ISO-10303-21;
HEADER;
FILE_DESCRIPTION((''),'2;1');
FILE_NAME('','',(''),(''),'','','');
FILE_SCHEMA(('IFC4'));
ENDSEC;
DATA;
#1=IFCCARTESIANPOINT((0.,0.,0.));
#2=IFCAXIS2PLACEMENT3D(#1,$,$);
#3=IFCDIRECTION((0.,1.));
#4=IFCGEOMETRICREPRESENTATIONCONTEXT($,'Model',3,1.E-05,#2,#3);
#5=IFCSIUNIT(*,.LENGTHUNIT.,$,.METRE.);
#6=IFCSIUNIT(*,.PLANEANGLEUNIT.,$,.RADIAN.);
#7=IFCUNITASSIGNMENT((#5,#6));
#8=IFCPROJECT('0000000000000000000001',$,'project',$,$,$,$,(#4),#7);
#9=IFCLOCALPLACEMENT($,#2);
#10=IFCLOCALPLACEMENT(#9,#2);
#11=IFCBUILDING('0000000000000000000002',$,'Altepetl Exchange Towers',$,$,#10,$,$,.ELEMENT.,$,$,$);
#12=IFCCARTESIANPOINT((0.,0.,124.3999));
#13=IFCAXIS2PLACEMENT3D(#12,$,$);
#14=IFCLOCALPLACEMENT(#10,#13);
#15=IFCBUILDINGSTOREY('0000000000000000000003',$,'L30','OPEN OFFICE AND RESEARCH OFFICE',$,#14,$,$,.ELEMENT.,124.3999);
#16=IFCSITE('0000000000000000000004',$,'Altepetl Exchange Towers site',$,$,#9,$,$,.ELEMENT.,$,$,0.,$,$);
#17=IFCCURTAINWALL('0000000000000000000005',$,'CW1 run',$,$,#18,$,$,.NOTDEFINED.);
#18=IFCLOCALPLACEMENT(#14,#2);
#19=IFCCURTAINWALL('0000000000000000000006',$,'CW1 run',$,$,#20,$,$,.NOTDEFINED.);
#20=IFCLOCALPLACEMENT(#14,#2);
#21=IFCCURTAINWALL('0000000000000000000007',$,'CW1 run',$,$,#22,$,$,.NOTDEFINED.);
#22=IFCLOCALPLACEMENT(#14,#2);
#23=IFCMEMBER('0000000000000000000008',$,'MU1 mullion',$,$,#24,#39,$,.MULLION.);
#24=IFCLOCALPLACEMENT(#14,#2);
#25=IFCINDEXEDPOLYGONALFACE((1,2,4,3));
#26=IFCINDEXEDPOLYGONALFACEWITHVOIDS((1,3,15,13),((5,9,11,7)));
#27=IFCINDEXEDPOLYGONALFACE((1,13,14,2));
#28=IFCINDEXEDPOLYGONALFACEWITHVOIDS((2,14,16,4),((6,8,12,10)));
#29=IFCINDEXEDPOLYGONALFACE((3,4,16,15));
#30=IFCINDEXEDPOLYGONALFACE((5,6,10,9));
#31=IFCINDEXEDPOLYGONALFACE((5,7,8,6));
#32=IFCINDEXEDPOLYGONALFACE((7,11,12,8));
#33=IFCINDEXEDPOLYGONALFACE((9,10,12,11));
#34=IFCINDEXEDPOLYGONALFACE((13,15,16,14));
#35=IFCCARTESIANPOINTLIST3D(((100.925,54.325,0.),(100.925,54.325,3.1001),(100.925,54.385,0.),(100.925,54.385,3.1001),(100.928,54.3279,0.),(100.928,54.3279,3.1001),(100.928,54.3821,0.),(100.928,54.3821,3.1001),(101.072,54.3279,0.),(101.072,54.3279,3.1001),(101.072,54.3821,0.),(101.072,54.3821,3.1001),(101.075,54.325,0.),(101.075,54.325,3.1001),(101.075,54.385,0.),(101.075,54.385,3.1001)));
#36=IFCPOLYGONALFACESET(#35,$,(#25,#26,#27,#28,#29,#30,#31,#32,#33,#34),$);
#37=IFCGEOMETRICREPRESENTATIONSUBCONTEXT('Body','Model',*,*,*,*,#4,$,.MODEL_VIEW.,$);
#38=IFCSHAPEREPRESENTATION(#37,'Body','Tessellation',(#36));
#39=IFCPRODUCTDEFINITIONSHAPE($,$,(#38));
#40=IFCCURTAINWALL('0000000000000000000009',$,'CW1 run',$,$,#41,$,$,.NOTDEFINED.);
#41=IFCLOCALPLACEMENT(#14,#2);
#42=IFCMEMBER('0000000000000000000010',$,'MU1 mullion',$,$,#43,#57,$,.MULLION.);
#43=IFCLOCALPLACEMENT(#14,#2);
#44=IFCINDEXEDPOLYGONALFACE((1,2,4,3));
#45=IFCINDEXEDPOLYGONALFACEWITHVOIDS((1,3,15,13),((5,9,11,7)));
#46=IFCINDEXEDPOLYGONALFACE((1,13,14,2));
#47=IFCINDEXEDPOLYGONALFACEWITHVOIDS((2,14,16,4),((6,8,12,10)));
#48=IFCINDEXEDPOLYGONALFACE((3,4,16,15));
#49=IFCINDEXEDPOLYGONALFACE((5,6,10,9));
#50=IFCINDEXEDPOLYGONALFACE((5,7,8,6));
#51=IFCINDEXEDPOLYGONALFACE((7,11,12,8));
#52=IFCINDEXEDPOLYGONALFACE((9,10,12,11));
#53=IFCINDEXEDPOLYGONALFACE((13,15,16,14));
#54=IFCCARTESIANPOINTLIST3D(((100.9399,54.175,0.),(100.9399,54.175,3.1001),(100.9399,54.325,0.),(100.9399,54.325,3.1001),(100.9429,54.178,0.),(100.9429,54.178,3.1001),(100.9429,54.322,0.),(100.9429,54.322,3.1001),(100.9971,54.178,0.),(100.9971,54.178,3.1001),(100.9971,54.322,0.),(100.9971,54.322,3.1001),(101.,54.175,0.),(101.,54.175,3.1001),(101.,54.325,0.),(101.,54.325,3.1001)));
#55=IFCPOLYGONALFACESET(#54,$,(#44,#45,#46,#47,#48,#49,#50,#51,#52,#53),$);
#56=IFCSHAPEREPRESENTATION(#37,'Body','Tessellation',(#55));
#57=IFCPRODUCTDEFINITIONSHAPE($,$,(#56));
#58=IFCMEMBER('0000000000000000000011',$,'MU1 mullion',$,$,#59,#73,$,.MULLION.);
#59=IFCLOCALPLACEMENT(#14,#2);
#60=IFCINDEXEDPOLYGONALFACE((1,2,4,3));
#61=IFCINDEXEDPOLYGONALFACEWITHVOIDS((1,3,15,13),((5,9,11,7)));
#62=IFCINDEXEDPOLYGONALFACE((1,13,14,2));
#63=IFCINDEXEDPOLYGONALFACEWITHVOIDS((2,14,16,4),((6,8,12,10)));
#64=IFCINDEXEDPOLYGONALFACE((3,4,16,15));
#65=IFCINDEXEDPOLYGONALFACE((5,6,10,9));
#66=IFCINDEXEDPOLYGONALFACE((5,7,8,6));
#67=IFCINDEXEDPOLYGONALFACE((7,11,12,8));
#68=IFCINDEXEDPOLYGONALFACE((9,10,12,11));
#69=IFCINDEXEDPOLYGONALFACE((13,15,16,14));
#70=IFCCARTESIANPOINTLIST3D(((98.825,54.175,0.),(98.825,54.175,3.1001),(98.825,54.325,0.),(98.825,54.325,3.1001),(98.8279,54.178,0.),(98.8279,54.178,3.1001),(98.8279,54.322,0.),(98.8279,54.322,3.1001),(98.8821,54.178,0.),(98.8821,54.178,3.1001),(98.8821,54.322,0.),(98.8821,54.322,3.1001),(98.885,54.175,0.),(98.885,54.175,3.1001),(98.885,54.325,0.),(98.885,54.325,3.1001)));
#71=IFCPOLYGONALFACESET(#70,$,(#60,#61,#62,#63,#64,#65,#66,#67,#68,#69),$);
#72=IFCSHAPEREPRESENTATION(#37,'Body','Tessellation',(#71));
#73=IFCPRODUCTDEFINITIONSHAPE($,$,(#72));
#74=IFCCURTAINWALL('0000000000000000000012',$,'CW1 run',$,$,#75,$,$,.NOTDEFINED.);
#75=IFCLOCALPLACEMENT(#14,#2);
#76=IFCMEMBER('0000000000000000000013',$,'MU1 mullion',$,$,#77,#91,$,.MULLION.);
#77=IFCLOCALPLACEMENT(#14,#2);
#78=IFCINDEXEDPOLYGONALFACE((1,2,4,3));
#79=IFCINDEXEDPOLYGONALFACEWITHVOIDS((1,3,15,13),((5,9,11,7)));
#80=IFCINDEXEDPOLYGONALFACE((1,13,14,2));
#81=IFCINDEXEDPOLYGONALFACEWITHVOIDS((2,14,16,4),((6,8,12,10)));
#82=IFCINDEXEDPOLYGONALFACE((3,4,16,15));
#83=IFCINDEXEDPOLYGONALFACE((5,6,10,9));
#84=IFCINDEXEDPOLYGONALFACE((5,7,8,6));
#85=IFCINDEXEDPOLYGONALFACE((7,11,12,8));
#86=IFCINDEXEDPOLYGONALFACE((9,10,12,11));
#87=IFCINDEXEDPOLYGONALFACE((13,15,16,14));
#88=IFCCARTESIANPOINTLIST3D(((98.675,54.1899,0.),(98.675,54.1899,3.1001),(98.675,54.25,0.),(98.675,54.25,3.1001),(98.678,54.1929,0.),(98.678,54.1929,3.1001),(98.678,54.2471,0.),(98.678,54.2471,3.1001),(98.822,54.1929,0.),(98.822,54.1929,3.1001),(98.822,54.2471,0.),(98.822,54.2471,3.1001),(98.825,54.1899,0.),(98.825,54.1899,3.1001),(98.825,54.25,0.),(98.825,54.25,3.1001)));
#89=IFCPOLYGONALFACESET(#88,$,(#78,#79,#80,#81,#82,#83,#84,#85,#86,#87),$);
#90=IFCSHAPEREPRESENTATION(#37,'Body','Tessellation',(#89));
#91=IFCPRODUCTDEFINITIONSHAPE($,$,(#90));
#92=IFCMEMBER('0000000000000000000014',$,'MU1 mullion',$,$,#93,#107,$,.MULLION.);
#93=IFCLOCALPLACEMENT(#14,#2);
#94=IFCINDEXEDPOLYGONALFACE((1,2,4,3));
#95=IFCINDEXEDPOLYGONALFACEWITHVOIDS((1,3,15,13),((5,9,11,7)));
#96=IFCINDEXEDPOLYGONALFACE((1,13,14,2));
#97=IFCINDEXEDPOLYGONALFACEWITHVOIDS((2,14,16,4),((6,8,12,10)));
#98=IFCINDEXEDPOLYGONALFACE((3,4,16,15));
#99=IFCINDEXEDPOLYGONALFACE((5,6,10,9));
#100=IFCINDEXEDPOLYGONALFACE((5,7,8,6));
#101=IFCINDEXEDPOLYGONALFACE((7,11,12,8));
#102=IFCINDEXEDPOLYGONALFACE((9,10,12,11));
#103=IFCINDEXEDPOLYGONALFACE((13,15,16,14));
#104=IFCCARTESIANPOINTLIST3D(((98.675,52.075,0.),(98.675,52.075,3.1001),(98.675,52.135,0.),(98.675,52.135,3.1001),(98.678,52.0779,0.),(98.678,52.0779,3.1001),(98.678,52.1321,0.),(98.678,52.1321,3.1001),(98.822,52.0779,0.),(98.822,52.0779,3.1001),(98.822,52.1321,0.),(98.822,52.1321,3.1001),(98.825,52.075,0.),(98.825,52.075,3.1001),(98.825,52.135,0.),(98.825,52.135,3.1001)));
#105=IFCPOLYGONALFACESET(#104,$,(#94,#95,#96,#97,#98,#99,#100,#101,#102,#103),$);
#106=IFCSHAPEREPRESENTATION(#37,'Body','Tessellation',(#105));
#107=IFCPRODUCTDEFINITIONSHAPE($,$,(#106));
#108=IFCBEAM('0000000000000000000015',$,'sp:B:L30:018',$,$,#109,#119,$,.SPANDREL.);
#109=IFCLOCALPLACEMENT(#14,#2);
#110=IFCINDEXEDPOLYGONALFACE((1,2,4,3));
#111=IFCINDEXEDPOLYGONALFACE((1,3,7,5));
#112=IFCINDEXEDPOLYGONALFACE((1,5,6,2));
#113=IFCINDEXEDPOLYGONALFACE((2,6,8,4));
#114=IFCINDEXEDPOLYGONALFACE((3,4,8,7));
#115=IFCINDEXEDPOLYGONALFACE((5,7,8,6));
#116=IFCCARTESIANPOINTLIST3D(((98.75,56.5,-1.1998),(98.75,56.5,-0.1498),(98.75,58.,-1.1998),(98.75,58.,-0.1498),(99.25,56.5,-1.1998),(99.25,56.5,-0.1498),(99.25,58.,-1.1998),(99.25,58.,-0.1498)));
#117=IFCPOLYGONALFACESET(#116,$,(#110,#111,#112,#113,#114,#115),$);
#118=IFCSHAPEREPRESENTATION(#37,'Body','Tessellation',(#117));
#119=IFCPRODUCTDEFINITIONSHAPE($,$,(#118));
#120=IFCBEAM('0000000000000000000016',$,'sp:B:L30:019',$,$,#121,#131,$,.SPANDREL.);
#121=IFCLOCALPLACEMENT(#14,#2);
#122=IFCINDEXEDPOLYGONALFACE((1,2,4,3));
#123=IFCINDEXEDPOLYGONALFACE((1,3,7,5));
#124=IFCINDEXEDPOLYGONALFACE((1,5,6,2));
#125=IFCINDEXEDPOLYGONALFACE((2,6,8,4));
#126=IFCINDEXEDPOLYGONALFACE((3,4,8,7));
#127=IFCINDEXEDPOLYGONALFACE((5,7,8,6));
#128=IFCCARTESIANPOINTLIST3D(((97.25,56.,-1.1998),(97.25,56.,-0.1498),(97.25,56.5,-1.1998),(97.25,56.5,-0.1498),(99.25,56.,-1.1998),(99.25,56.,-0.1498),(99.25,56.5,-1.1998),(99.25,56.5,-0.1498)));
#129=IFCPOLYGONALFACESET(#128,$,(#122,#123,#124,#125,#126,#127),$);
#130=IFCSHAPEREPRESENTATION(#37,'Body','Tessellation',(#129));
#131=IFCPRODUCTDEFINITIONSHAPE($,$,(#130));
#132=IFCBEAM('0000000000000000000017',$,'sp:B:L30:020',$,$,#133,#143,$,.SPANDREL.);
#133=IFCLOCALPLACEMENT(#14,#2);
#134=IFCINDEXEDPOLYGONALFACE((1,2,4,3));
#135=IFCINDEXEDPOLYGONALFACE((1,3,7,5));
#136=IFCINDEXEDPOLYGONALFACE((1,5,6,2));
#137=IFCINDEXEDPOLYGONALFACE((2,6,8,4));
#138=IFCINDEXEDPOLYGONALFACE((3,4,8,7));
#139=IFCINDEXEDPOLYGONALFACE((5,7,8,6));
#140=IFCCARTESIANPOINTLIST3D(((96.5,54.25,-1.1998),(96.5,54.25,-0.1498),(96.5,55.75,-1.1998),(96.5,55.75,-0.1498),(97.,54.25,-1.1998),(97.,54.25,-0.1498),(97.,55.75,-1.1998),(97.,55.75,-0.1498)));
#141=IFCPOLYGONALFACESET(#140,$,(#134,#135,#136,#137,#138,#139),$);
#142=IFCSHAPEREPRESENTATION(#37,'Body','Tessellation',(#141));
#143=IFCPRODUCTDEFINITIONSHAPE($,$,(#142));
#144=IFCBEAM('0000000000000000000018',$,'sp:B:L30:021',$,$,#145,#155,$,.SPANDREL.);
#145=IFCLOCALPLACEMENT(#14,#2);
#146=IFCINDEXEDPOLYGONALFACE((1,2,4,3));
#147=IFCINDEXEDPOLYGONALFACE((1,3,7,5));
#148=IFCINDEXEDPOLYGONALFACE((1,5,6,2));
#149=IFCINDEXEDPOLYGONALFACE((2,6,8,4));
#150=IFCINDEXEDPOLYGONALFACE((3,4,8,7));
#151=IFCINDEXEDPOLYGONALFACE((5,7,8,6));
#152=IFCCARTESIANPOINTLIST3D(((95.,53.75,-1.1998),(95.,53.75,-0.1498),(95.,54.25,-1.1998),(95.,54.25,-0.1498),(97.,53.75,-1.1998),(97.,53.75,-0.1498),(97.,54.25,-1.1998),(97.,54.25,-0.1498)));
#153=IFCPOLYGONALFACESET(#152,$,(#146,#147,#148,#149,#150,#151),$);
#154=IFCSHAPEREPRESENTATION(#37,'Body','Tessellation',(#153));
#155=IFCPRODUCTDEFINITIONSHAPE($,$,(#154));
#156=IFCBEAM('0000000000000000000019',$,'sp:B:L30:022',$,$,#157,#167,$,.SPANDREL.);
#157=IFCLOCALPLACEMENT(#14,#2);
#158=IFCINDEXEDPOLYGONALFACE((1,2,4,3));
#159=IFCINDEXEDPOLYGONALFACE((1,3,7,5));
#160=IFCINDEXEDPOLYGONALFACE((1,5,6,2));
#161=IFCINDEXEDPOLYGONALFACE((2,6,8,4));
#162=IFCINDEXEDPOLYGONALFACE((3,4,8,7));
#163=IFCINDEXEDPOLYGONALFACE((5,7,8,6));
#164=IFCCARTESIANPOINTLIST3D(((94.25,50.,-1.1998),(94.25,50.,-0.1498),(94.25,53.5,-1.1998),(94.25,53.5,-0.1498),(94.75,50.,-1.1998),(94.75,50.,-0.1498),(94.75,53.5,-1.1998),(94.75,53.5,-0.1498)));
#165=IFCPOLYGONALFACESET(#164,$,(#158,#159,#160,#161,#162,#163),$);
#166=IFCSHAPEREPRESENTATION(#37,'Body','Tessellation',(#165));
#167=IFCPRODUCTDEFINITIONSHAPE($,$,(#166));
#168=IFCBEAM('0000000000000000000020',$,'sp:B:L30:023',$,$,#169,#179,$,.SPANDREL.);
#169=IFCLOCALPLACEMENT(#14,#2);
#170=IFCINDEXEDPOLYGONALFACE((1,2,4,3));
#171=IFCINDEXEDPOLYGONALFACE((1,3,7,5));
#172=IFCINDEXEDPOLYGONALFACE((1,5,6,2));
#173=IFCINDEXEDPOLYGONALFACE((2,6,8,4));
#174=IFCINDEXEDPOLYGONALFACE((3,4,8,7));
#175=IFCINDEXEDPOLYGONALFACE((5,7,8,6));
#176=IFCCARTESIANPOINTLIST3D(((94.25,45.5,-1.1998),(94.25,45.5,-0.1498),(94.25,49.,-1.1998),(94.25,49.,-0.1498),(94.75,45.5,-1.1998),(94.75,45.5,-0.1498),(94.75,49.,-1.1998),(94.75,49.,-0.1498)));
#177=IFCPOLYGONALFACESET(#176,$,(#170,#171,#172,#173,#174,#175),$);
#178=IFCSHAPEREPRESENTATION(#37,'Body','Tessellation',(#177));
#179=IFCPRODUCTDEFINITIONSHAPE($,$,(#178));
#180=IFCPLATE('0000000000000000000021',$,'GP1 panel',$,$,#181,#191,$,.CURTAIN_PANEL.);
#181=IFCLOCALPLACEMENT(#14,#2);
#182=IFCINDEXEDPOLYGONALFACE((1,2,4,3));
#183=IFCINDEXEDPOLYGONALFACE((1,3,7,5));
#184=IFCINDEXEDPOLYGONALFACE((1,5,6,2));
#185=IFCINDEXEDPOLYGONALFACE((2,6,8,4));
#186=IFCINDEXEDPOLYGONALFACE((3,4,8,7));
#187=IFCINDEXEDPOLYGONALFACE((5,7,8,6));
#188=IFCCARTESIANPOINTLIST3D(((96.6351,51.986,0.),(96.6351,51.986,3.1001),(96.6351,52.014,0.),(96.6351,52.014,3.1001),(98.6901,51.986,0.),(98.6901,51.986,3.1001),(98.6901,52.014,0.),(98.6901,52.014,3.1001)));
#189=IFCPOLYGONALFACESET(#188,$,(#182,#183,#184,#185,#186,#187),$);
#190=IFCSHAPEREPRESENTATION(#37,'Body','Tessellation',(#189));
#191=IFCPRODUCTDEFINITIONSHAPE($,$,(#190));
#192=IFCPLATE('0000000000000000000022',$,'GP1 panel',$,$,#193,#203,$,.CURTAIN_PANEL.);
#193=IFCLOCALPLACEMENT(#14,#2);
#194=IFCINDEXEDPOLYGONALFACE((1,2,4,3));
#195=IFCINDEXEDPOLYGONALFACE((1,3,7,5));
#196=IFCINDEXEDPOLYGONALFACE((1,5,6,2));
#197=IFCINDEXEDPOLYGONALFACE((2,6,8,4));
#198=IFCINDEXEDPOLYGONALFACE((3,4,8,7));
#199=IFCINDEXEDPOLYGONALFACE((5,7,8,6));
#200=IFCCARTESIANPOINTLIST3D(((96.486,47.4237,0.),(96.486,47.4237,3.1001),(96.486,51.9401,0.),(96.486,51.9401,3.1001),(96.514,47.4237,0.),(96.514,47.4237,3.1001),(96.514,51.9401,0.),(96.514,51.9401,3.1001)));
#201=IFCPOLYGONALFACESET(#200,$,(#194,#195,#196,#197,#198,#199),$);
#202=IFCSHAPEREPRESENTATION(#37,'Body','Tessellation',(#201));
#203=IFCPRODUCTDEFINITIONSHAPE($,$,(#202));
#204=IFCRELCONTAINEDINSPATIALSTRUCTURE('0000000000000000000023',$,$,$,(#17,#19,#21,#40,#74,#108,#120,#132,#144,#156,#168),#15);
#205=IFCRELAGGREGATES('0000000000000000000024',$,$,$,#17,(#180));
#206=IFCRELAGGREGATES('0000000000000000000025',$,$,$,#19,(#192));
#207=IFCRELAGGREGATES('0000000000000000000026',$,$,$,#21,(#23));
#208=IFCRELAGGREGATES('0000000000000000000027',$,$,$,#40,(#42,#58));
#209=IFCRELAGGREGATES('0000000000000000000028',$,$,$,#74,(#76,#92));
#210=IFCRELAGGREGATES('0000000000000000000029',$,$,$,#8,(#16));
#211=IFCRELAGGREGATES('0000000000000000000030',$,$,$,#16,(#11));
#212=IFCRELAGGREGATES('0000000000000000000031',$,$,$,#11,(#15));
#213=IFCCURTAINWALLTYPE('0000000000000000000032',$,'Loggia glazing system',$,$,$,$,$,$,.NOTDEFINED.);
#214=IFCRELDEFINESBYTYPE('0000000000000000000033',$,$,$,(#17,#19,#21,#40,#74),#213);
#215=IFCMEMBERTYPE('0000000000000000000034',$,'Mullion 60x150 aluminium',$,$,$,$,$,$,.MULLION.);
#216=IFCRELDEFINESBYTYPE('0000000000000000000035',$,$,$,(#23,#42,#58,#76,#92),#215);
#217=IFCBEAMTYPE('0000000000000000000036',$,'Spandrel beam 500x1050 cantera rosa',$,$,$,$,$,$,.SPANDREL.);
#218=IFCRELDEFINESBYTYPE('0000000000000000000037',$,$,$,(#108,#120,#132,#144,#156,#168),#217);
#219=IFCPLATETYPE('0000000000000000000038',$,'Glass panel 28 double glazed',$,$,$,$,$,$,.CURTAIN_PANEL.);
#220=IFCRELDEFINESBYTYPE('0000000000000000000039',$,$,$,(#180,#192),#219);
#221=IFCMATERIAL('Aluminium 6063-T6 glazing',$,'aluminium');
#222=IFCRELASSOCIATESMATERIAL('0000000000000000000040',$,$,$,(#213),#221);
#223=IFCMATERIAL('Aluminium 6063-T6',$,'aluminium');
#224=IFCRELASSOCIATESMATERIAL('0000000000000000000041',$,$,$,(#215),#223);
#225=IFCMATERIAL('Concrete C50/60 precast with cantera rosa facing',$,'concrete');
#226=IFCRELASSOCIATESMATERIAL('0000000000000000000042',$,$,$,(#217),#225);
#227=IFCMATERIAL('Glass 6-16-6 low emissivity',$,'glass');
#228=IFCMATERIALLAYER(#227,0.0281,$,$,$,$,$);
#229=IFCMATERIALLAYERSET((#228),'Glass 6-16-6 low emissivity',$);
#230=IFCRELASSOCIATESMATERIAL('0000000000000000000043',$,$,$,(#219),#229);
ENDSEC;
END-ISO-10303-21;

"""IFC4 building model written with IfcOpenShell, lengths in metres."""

from ifc_helpers import new_model, si_unit, direction, frame, origin, origin_2d, place, context, subcontext, project, spatial, rectangle, hollow_rectangle, extrude, material, layer, layer_set, material_profile, profile_set, type_object, element, aggregate, save


model = new_model("IFC4")

# Units and contexts
model_context = context("Model", 3, precision=1e-05, world=origin(), true_north=direction((0.0, 1.0)))
body_context = subcontext(model_context, "Body", "Model", "MODEL_VIEW")
ifc_project = project(units=[si_unit("LENGTHUNIT", "METRE"), si_unit("PLANEANGLEUNIT", "RADIAN")], contexts=[model_context])

# Site, building, storey
site_placement = place(None, origin())
site = spatial("IfcSite", under=ifc_project, at=site_placement, Name="Altepetl Exchange Towers site", CompositionType="ELEMENT", RefElevation=0.0)
building_placement = place(site_placement, origin())
building = spatial("IfcBuilding", under=site, at=building_placement, Name="Altepetl Exchange Towers", CompositionType="ELEMENT")
storey_placement = place(building_placement, frame((0.0, 0.0, 124.3999)))
storey = spatial("IfcBuildingStorey", under=building, at=storey_placement, Name="L30", Description="OPEN OFFICE AND RESEARCH OFFICE", CompositionType="ELEMENT", Elevation=124.3999)

# Curtain walls, members
ifc_material_1 = material(Name="Aluminium 6063-T6 glazing", Category="aluminium")
curtain_wall_type = type_object("IfcCurtainWallType", Name="Loggia glazing system", PredefinedType="NOTDEFINED", material=ifc_material_1)
curtain_wall_1_placement = place(storey_placement, origin())
curtain_wall_1 = element("IfcCurtainWall", 1, at=curtain_wall_1_placement, inside=storey, type_object=curtain_wall_type, Name="CW1 run", PredefinedType="NOTDEFINED")
ifc_material_2 = material(Name="Aluminium 6063-T6", Category="aluminium")
ifc_material_profile_1 = material_profile(ifc_material_2, hollow_rectangle(XDim=0.0601, YDim=0.1499, WallThickness=0.0029, at=origin_2d()), Name="Mullion 60x150 aluminium")
ifc_profile_set_1 = profile_set([ifc_material_profile_1], Name="Aluminium 6063-T6")
member_type = type_object("IfcMemberType", Name="Mullion 60x150 aluminium", PredefinedType="MULLION", material=ifc_profile_set_1)
curtain_wall_2_placement = place(storey_placement, origin())
curtain_wall_2 = element("IfcCurtainWall", 2, at=curtain_wall_2_placement, inside=storey, type_object=curtain_wall_type, Name="CW1 run", PredefinedType="NOTDEFINED")
curtain_wall_3_placement = place(storey_placement, origin())
curtain_wall_3 = element("IfcCurtainWall", 3, at=curtain_wall_3_placement, inside=storey, type_object=curtain_wall_type, Name="CW1 run", PredefinedType="NOTDEFINED")
member_1_placement = place(storey_placement, frame((101.0, 54.355, 0.0), z_axis=(0.0, 0.0, 1.0), x_axis=(0.0, -1.0, 0.0)))
member_1 = element("IfcMember", 4, at=member_1_placement, type_object=member_type, Name="MU1 mullion", PredefinedType="MULLION", context=body_context, shape_type="SweptSolid", body=[
    extrude(hollow_rectangle(XDim=0.0601, YDim=0.1499, WallThickness=0.0029, at=origin_2d()), origin(), (0.0, 0.0, 1.0), 3.1001),
])
curtain_wall_4_placement = place(storey_placement, origin())
curtain_wall_4 = element("IfcCurtainWall", 5, at=curtain_wall_4_placement, inside=storey, type_object=curtain_wall_type, Name="CW1 run", PredefinedType="NOTDEFINED")
member_2_placement = place(storey_placement, frame((100.97, 54.25, 0.0), z_axis=(0.0, 0.0, 1.0), x_axis=(-1.0, 0.0, 0.0)))
member_2 = element("IfcMember", 6, at=member_2_placement, type_object=member_type, Name="MU1 mullion", PredefinedType="MULLION", context=body_context, shape_type="SweptSolid", body=[
    extrude(hollow_rectangle(XDim=0.0601, YDim=0.1499, WallThickness=0.0029, at=origin_2d()), origin(), (0.0, 0.0, 1.0), 3.1001),
])
member_3_placement = place(storey_placement, frame((98.855, 54.25, 0.0), z_axis=(0.0, 0.0, 1.0), x_axis=(-1.0, 0.0, 0.0)))
member_3 = element("IfcMember", 7, at=member_3_placement, type_object=member_type, Name="MU1 mullion", PredefinedType="MULLION", context=body_context, shape_type="SweptSolid", body=[
    extrude(hollow_rectangle(XDim=0.0601, YDim=0.1499, WallThickness=0.0029, at=origin_2d()), origin(), (0.0, 0.0, 1.0), 3.1001),
])
curtain_wall_5_placement = place(storey_placement, origin())
curtain_wall_5 = element("IfcCurtainWall", 8, at=curtain_wall_5_placement, inside=storey, type_object=curtain_wall_type, Name="CW1 run", PredefinedType="NOTDEFINED")
member_4_placement = place(storey_placement, frame((98.75, 54.22, 0.0), z_axis=(0.0, 0.0, 1.0), x_axis=(0.0, -1.0, 0.0)))
member_4 = element("IfcMember", 9, at=member_4_placement, type_object=member_type, Name="MU1 mullion", PredefinedType="MULLION", context=body_context, shape_type="SweptSolid", body=[
    extrude(hollow_rectangle(XDim=0.0601, YDim=0.1499, WallThickness=0.0029, at=origin_2d()), origin(), (0.0, 0.0, 1.0), 3.1001),
])
member_5_placement = place(storey_placement, frame((98.75, 52.105, 0.0), z_axis=(0.0, 0.0, 1.0), x_axis=(0.0, -1.0, 0.0)))
member_5 = element("IfcMember", 10, at=member_5_placement, type_object=member_type, Name="MU1 mullion", PredefinedType="MULLION", context=body_context, shape_type="SweptSolid", body=[
    extrude(hollow_rectangle(XDim=0.0601, YDim=0.1499, WallThickness=0.0029, at=origin_2d()), origin(), (0.0, 0.0, 1.0), 3.1001),
])

# Beams
ifc_material_3 = material(Name="Concrete C50/60 precast with cantera rosa facing", Category="concrete")
ifc_material_profile_2 = material_profile(ifc_material_3, rectangle(XDim=0.5, YDim=1.05, at=origin_2d()), Name="500 x 1050")
ifc_profile_set_2 = profile_set([ifc_material_profile_2], Name="Concrete C50/60 precast with cantera rosa facing")
beam_type_1 = type_object("IfcBeamType", Name="Spandrel beam 500x1050 cantera rosa", PredefinedType="SPANDREL", material=ifc_profile_set_2)
beam_1_placement = place(storey_placement, frame((99.0, 58.0, -0.6748), z_axis=(0.0, -1.0, 0.0), x_axis=(1.0, 0.0, 0.0)))
element("IfcBeam", 11, at=beam_1_placement, inside=storey, type_object=beam_type_1, Name="sp:B:L30:018", PredefinedType="SPANDREL", context=body_context, shape_type="SweptSolid", body=[
    extrude(rectangle(XDim=0.5, YDim=1.05, at=origin_2d()), origin(), (0.0, 0.0, 1.0), 1.5),
])
beam_2_placement = place(storey_placement, frame((99.25, 56.25, -0.6748), z_axis=(-1.0, 0.0, 0.0), x_axis=(0.0, -1.0, 0.0)))
element("IfcBeam", 12, at=beam_2_placement, inside=storey, type_object=beam_type_1, Name="sp:B:L30:019", PredefinedType="SPANDREL", context=body_context, shape_type="SweptSolid", body=[
    extrude(rectangle(XDim=0.5, YDim=1.05, at=origin_2d()), origin(), (0.0, 0.0, 1.0), 2.0),
])
beam_3_placement = place(storey_placement, frame((96.75, 55.75, -0.6748), z_axis=(0.0, -1.0, 0.0), x_axis=(1.0, 0.0, 0.0)))
element("IfcBeam", 13, at=beam_3_placement, inside=storey, type_object=beam_type_1, Name="sp:B:L30:020", PredefinedType="SPANDREL", context=body_context, shape_type="SweptSolid", body=[
    extrude(rectangle(XDim=0.5, YDim=1.05, at=origin_2d()), origin(), (0.0, 0.0, 1.0), 1.5),
])
beam_4_placement = place(storey_placement, frame((97.0, 54.0, -0.6748), z_axis=(-1.0, 0.0, 0.0), x_axis=(0.0, -1.0, 0.0)))
element("IfcBeam", 14, at=beam_4_placement, inside=storey, type_object=beam_type_1, Name="sp:B:L30:021", PredefinedType="SPANDREL", context=body_context, shape_type="SweptSolid", body=[
    extrude(rectangle(XDim=0.5, YDim=1.05, at=origin_2d()), origin(), (0.0, 0.0, 1.0), 2.0),
])
for number, where, z_axis, x_axis, name in (
    (15, (94.5, 53.5, -0.6748), (0.0, -1.0, 0.0), (1.0, 0.0, 0.0), "sp:B:L30:022"),
    (16, (94.5, 49.0, -0.6748), (0.0, -1.0, 0.0), (1.0, 0.0, 0.0), "sp:B:L30:023"),
):
    element("IfcBeam", number, at=place(storey_placement, frame(where, z_axis=z_axis, x_axis=x_axis)), inside=storey, type_object=beam_type_1, Name=name, PredefinedType="SPANDREL", context=body_context, shape_type="SweptSolid", body=[
        extrude(rectangle(XDim=0.5, YDim=1.05, at=origin_2d()), origin(), (0.0, 0.0, 1.0), 3.5),
    ])

# Plates
ifc_material_4 = material(Name="Glass 6-16-6 low emissivity", Category="glass")
ifc_layer_1 = layer(ifc_material_4, 0.0281)
ifc_layer_set_1 = layer_set([ifc_layer_1], Name="Glass 6-16-6 low emissivity")
plate_type = type_object("IfcPlateType", Name="Glass panel 28 double glazed", PredefinedType="CURTAIN_PANEL", material=ifc_layer_set_1)
plate_1_placement = place(storey_placement, frame((97.6626, 52.0, 0.0), z_axis=(0.0, 0.0, 1.0), x_axis=(-1.0, 0.0, 0.0)))
plate_1 = element("IfcPlate", 17, at=plate_1_placement, type_object=plate_type, Name="GP1 panel", PredefinedType="CURTAIN_PANEL", context=body_context, shape_type="SweptSolid", body=[
    extrude(rectangle(XDim=2.0549, YDim=0.0281, at=origin_2d()), origin(), (0.0, 0.0, 1.0), 3.1001),
])
aggregate(curtain_wall_1, [plate_1])
plate_2_placement = place(storey_placement, frame((96.5, 49.6819, 0.0), z_axis=(0.0, 0.0, 1.0), x_axis=(0.0, -1.0, 0.0)))
plate_2 = element("IfcPlate", 18, at=plate_2_placement, type_object=plate_type, Name="GP1 panel", PredefinedType="CURTAIN_PANEL", context=body_context, shape_type="SweptSolid", body=[
    extrude(rectangle(XDim=4.5164, YDim=0.0281, at=origin_2d()), origin(), (0.0, 0.0, 1.0), 3.1001),
])
aggregate(curtain_wall_2, [plate_2])
aggregate(curtain_wall_3, [member_1])
aggregate(curtain_wall_4, [member_2, member_3])
aggregate(curtain_wall_5, [member_4, member_5])

save(model, "model.ifc")
